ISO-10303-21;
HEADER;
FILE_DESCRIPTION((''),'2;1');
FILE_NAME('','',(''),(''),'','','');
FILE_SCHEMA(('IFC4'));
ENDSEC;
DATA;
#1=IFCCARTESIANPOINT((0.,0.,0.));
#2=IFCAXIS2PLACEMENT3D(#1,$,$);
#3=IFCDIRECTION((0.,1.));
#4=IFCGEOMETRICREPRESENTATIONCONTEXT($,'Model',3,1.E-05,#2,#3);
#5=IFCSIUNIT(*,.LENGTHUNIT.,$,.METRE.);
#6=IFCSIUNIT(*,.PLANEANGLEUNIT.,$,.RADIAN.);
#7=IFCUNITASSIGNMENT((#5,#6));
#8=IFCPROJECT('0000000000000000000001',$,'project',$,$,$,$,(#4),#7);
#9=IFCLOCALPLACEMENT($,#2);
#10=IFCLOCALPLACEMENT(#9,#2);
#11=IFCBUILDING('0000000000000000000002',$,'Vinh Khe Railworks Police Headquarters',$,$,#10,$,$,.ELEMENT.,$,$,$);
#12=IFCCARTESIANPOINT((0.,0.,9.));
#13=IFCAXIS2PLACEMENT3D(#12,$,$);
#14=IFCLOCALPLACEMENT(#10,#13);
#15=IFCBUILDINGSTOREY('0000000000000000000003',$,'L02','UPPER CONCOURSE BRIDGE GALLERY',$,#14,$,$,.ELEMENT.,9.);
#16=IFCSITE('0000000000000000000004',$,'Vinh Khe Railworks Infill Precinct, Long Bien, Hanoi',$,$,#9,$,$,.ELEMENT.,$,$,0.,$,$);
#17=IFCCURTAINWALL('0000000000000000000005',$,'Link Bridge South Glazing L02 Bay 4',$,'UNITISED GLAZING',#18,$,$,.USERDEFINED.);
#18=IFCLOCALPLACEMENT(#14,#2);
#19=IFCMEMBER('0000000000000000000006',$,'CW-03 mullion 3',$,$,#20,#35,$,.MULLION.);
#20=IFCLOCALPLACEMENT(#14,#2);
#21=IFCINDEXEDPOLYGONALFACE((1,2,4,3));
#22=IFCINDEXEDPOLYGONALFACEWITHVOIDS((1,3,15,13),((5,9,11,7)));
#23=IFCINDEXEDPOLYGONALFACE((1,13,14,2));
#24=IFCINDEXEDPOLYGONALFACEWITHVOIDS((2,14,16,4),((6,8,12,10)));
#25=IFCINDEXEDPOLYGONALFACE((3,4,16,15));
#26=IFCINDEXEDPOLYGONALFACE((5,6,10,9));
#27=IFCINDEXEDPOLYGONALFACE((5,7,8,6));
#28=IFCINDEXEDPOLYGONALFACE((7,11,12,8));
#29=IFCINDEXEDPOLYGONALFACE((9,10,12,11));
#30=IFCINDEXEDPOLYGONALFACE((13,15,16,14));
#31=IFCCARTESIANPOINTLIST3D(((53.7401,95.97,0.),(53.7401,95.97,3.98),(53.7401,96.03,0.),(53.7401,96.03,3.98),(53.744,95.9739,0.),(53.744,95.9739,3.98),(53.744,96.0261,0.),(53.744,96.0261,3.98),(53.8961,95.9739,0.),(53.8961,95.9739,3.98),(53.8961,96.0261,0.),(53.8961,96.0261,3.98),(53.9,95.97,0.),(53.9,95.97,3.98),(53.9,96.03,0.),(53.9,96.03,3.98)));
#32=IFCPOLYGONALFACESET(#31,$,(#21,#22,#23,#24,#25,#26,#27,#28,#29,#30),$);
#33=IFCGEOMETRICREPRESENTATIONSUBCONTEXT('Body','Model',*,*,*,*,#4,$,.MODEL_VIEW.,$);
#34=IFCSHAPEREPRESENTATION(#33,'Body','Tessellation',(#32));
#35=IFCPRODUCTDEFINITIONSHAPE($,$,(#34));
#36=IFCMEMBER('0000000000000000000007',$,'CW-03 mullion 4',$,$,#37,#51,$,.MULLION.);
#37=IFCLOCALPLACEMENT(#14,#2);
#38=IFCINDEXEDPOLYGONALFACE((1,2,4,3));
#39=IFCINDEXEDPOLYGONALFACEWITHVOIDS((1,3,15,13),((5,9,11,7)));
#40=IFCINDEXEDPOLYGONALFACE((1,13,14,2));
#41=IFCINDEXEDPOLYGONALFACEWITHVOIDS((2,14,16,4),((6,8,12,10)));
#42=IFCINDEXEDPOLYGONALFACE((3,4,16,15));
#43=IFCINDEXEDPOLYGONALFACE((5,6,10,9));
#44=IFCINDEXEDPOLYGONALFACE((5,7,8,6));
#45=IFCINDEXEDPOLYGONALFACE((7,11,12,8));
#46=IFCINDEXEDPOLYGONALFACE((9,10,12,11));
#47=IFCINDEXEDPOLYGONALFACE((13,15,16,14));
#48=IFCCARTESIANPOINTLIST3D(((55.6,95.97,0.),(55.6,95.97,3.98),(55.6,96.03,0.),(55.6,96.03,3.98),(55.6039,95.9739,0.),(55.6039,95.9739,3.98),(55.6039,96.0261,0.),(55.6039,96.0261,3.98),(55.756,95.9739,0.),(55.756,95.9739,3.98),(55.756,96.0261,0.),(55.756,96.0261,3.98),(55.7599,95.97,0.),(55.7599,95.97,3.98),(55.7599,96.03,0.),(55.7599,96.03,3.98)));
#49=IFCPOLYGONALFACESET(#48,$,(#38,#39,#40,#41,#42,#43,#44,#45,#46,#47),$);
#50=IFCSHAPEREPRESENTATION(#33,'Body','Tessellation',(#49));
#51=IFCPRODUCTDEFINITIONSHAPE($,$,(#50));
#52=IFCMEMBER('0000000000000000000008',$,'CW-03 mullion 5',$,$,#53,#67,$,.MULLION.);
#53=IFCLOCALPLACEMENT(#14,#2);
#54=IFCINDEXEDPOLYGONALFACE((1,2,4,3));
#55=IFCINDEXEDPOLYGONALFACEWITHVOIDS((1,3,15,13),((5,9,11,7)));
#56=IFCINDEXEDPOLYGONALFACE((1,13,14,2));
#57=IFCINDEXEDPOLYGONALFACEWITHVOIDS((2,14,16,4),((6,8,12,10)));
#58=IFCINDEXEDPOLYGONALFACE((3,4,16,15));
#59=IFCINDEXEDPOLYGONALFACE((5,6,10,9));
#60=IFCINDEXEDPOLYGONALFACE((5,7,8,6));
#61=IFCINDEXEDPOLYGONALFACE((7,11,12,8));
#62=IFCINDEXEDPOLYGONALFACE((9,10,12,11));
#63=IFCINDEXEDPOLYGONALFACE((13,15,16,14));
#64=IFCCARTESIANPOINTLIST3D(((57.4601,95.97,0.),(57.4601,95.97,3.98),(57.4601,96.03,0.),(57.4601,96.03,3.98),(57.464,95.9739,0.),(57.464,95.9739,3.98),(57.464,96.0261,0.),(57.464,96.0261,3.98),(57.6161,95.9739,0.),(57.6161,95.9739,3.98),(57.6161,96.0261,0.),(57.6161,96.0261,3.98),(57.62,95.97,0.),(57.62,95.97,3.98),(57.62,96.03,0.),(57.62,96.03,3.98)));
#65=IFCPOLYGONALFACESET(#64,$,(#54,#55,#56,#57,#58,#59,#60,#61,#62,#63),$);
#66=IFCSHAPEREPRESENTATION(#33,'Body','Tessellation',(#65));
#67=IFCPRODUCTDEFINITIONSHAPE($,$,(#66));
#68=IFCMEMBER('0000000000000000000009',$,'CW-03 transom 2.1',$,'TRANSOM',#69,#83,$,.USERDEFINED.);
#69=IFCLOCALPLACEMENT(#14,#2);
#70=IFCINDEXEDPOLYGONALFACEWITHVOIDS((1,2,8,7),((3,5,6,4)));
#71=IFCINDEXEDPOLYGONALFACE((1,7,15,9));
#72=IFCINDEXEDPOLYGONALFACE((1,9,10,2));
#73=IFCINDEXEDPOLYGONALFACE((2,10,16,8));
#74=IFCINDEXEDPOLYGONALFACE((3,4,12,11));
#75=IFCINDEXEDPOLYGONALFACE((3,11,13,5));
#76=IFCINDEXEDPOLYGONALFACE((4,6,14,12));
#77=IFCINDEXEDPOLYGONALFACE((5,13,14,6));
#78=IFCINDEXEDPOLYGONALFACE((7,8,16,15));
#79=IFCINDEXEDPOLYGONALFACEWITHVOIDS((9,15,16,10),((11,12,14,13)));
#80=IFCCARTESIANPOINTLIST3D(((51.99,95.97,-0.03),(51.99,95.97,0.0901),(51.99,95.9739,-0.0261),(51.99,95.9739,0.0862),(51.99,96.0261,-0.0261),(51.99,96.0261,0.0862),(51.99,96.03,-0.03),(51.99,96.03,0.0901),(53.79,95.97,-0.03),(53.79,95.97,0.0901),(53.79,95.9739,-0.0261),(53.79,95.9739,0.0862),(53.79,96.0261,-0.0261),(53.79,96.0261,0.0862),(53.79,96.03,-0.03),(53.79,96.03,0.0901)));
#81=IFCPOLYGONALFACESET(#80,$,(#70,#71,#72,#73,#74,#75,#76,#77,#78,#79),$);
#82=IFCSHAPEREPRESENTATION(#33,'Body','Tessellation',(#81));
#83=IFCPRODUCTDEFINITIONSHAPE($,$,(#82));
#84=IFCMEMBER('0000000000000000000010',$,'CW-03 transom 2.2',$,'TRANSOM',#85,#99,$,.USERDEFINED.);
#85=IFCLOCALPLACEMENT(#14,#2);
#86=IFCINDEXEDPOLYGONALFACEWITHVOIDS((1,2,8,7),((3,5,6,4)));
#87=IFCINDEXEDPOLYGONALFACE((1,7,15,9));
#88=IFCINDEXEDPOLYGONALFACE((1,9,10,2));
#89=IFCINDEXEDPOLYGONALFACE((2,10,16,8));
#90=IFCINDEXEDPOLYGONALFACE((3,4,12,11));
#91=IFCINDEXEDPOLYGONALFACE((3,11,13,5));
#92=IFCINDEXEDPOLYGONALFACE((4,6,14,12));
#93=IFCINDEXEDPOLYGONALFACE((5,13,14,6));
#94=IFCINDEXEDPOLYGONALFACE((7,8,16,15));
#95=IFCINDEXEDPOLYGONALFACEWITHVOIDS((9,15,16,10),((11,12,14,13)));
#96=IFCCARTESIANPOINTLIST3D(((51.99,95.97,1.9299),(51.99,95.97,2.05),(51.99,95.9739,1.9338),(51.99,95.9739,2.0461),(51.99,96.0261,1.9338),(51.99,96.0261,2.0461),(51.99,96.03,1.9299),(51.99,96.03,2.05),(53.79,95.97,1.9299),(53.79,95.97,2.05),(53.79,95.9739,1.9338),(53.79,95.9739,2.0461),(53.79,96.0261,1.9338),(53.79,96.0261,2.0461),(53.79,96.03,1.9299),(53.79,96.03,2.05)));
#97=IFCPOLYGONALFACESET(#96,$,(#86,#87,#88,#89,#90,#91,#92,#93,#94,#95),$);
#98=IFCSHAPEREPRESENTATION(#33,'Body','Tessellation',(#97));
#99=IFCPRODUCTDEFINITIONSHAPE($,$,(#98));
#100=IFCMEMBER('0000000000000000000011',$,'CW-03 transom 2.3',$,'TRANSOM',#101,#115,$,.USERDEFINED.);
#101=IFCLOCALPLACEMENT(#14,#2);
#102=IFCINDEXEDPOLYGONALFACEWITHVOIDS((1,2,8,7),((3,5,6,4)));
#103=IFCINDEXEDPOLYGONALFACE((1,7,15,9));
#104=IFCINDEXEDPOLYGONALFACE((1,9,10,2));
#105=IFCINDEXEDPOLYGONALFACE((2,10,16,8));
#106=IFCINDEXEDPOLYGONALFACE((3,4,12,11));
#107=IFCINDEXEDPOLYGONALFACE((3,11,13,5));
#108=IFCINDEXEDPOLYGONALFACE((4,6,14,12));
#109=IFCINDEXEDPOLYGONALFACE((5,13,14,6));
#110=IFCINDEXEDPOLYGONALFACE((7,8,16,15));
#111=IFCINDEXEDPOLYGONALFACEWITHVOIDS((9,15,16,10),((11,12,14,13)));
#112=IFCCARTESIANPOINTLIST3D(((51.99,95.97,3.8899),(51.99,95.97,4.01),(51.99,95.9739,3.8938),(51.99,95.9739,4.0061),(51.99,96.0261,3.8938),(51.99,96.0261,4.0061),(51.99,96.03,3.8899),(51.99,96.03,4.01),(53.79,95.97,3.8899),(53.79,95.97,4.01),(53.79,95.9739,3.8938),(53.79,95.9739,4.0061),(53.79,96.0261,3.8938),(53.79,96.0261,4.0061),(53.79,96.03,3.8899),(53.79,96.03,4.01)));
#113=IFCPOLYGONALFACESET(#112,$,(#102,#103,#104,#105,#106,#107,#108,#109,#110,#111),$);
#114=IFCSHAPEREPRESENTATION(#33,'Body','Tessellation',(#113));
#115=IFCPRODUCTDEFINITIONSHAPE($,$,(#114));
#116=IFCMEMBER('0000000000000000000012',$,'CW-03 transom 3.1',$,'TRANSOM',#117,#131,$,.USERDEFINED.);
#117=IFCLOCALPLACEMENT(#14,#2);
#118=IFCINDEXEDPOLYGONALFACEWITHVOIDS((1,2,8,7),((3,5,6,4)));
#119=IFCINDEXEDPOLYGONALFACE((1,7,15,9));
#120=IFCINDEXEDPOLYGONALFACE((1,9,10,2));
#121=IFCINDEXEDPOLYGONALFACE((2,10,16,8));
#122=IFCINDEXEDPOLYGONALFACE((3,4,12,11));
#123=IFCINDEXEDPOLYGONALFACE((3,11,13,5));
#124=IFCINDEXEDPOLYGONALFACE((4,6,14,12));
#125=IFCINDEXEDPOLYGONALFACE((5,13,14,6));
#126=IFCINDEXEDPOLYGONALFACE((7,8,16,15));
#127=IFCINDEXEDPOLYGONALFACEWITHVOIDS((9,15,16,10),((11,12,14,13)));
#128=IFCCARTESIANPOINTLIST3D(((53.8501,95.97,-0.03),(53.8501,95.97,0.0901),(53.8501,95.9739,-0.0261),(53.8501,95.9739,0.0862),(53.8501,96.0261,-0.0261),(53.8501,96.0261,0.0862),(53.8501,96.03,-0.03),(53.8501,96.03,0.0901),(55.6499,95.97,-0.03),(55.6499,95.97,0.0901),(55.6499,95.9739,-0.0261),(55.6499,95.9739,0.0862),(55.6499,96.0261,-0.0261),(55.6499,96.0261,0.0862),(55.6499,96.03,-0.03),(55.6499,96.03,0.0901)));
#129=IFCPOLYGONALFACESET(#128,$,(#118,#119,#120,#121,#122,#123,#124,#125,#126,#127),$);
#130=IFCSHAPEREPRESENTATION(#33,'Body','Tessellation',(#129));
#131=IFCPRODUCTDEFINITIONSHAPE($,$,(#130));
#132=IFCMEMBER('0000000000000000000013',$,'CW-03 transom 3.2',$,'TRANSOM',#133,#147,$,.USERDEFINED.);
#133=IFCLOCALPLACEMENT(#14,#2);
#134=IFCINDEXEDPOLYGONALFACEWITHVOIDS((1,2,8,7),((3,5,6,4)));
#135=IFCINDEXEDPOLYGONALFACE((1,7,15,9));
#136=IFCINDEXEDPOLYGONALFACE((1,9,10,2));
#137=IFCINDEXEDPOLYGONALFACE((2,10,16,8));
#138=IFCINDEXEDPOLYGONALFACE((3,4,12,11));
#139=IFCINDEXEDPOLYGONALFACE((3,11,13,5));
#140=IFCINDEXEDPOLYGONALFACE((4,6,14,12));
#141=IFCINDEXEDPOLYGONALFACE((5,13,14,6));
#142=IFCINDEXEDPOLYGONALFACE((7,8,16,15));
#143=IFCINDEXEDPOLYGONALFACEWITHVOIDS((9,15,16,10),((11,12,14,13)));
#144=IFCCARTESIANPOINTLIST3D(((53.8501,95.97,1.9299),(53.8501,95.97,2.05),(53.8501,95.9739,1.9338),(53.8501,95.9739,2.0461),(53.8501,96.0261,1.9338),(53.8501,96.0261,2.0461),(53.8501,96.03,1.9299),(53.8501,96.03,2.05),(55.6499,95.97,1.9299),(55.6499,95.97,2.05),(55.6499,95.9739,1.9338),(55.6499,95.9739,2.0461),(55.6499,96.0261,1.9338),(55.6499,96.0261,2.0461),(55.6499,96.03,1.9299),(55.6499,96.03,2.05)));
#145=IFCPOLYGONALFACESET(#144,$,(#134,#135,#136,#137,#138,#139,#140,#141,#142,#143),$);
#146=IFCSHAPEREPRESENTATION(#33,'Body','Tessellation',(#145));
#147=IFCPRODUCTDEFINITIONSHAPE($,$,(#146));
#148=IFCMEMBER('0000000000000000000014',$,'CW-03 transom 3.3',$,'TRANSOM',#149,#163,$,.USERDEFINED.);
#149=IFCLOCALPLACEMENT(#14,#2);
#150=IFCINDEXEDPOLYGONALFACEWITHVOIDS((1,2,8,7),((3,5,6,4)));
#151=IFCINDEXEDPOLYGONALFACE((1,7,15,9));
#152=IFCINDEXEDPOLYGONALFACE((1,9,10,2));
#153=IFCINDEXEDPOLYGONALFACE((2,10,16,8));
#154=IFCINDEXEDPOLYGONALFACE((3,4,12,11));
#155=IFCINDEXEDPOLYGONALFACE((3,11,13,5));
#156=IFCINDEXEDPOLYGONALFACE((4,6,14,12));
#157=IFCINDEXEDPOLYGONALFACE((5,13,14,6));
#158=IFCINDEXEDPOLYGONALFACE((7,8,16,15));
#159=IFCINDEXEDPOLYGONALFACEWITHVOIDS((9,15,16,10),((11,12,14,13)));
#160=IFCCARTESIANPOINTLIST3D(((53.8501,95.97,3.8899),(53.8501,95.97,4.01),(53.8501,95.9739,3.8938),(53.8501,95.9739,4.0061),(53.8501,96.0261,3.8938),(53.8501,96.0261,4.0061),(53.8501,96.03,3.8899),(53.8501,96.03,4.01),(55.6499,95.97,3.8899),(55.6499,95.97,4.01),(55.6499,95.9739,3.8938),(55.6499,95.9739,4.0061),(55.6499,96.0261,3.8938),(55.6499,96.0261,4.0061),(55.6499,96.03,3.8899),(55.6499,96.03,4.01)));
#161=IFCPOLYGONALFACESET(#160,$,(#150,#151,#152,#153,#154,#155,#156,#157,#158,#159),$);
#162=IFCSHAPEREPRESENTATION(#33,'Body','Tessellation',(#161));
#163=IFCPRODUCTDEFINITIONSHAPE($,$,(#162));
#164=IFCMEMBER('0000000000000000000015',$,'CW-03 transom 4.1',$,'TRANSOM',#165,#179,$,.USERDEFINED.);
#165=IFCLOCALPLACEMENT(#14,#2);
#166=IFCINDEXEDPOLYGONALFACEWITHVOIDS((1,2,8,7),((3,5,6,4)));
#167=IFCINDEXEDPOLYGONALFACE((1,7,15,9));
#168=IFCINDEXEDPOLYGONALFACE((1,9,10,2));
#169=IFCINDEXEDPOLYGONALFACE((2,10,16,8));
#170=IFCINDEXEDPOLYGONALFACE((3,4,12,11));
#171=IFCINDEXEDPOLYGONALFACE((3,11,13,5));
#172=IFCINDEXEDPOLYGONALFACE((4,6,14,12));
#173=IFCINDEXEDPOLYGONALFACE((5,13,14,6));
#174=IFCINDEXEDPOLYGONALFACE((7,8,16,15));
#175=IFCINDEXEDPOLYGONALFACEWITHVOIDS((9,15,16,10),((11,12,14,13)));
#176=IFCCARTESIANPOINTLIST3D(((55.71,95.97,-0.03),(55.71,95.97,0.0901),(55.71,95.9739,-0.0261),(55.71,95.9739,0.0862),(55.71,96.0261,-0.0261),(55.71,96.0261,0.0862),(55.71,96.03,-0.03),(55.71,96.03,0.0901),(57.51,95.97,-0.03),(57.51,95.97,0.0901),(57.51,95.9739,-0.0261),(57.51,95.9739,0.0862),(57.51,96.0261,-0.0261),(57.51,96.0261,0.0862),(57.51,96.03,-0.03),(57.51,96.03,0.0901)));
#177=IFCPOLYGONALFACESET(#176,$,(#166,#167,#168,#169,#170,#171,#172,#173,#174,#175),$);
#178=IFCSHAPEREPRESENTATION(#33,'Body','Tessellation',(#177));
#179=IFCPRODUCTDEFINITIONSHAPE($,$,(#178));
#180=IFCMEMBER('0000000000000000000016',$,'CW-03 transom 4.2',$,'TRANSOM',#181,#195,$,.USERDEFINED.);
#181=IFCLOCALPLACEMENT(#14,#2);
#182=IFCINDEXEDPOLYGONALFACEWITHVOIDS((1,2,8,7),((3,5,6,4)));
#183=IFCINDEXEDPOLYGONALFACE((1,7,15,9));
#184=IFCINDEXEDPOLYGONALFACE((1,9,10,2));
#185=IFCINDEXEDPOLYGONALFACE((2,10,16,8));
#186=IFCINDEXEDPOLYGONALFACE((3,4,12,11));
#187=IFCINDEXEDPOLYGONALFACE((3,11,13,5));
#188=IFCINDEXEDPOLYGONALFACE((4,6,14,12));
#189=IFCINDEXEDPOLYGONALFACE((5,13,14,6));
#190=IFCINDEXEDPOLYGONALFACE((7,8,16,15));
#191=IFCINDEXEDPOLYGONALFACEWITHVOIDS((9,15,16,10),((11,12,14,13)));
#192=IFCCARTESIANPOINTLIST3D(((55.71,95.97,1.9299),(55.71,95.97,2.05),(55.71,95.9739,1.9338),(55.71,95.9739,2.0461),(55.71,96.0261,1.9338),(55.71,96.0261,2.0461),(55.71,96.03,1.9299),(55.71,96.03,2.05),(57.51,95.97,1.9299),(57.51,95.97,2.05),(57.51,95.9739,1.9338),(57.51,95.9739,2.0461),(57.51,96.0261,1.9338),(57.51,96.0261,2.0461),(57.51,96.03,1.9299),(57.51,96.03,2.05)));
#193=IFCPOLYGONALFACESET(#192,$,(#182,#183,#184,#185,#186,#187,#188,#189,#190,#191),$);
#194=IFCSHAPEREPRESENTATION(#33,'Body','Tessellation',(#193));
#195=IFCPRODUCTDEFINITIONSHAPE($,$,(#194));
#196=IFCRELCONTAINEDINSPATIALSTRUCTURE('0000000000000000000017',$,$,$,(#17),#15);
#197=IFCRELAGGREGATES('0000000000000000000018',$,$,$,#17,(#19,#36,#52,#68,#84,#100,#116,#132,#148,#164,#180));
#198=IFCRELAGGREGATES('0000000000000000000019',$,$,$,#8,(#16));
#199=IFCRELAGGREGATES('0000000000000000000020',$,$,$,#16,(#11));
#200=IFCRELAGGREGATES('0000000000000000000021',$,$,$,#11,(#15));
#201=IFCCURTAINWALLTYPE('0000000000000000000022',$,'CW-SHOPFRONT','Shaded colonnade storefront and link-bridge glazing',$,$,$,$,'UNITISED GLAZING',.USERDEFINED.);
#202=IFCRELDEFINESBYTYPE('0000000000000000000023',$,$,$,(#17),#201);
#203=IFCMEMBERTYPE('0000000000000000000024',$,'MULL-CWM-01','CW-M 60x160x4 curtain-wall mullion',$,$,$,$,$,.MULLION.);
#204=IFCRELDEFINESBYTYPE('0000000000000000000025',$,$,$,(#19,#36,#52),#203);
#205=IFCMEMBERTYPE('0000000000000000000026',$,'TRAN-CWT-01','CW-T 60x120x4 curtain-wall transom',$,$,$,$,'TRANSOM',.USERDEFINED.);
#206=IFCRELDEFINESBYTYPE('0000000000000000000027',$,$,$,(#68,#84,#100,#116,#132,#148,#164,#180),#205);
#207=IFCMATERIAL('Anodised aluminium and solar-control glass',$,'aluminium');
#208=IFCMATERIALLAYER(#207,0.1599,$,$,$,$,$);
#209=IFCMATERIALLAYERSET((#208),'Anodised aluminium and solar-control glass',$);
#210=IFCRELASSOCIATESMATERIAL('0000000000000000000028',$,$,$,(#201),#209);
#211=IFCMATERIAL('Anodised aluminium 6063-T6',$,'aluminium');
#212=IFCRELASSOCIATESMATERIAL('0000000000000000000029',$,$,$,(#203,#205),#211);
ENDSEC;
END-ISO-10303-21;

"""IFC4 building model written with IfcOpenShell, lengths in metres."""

from ifc_helpers import new_model, si_unit, direction, frame, origin, origin_2d, place, context, subcontext, project, spatial, hollow_rectangle, extrude, material, layer, layer_set, material_profile, profile_set, type_object, element, aggregate, save


model = new_model("IFC4")

# Units and contexts
model_context = context("Model", 3, precision=1e-05, world=origin(), true_north=direction((0.0, 1.0)))
body_context = subcontext(model_context, "Body", "Model", "MODEL_VIEW")
ifc_project = project(units=[si_unit("LENGTHUNIT", "METRE"), si_unit("PLANEANGLEUNIT", "RADIAN")], contexts=[model_context])

# Site, building, storey
site_placement = place(None, origin())
site = spatial("IfcSite", under=ifc_project, at=site_placement, Name="Vinh Khe Railworks Infill Precinct, Long Bien, Hanoi", CompositionType="ELEMENT", RefElevation=0.0)
building_placement = place(site_placement, origin())
building = spatial("IfcBuilding", under=site, at=building_placement, Name="Vinh Khe Railworks Police Headquarters", CompositionType="ELEMENT")
storey_placement = place(building_placement, frame((0.0, 0.0, 9.0)))
storey = spatial("IfcBuildingStorey", under=building, at=storey_placement, Name="L02", Description="UPPER CONCOURSE BRIDGE GALLERY", CompositionType="ELEMENT", Elevation=9.0)

# Curtain wall, members
ifc_material_1 = material(Name="Anodised aluminium and solar-control glass", Category="aluminium")
ifc_layer_1 = layer(ifc_material_1, 0.1599)
ifc_layer_set_1 = layer_set([ifc_layer_1], Name="Anodised aluminium and solar-control glass")
curtain_wall_type = type_object("IfcCurtainWallType", Name="CW-SHOPFRONT", Description="Shaded colonnade storefront and link-bridge glazing", ElementType="UNITISED GLAZING", PredefinedType="USERDEFINED", material=ifc_layer_set_1)
curtain_wall_placement = place(storey_placement, origin())
curtain_wall = element("IfcCurtainWall", 1, at=curtain_wall_placement, inside=storey, type_object=curtain_wall_type, Name="Link Bridge South Glazing L02 Bay 4", ObjectType="UNITISED GLAZING", PredefinedType="USERDEFINED")
ifc_material_2 = material(Name="Anodised aluminium 6063-T6", Category="aluminium")
ifc_material_profile_1 = material_profile(ifc_material_2, hollow_rectangle(XDim=0.0601, YDim=0.1599, WallThickness=0.0039, at=origin_2d()), Name="CW-M 60x160x4")
ifc_profile_set_1 = profile_set([ifc_material_profile_1], Name="Anodised aluminium 6063-T6")
member_type_1 = type_object("IfcMemberType", Name="MULL-CWM-01", Description="CW-M 60x160x4 curtain-wall mullion", PredefinedType="MULLION", material=ifc_profile_set_1)
member_1_placement = place(storey_placement, frame((53.8201, 96.0, 0.0), z_axis=(0.0, 0.0, 1.0), x_axis=(0.0, 1.0, 0.0)))
member_1 = element("IfcMember", 2, at=member_1_placement, type_object=member_type_1, Name="CW-03 mullion 3", PredefinedType="MULLION", context=body_context, shape_type="SweptSolid", body=[
    extrude(hollow_rectangle(XDim=0.0601, YDim=0.1599, WallThickness=0.0039, at=origin_2d()), origin(), (0.0, 0.0, 1.0), 3.98),
])
member_2_placement = place(storey_placement, frame((55.6799, 96.0, 0.0), z_axis=(0.0, 0.0, 1.0), x_axis=(0.0, 1.0, 0.0)))
member_2 = element("IfcMember", 3, at=member_2_placement, type_object=member_type_1, Name="CW-03 mullion 4", PredefinedType="MULLION", context=body_context, shape_type="SweptSolid", body=[
    extrude(hollow_rectangle(XDim=0.0601, YDim=0.1599, WallThickness=0.0039, at=origin_2d()), origin(), (0.0, 0.0, 1.0), 3.98),
])
member_3_placement = place(storey_placement, frame((57.54, 96.0, 0.0), z_axis=(0.0, 0.0, 1.0), x_axis=(0.0, 1.0, 0.0)))
member_3 = element("IfcMember", 4, at=member_3_placement, type_object=member_type_1, Name="CW-03 mullion 5", PredefinedType="MULLION", context=body_context, shape_type="SweptSolid", body=[
    extrude(hollow_rectangle(XDim=0.0601, YDim=0.1599, WallThickness=0.0039, at=origin_2d()), origin(), (0.0, 0.0, 1.0), 3.98),
])
ifc_material_profile_2 = material_profile(ifc_material_2, hollow_rectangle(XDim=0.0601, YDim=0.1201, WallThickness=0.0039, at=origin_2d()), Name="CW-T 60x120x4")
ifc_profile_set_2 = profile_set([ifc_material_profile_2], Name="Anodised aluminium 6063-T6")
member_type_2 = type_object("IfcMemberType", Name="TRAN-CWT-01", Description="CW-T 60x120x4 curtain-wall transom", ElementType="TRANSOM", PredefinedType="USERDEFINED", material=ifc_profile_set_2)
member_4_placement = place(storey_placement, frame((51.99, 96.0, 0.03), z_axis=(1.0, 0.0, 0.0), x_axis=(0.0, 1.0, 0.0)))
member_4 = element("IfcMember", 5, at=member_4_placement, type_object=member_type_2, Name="CW-03 transom 2.1", ObjectType="TRANSOM", PredefinedType="USERDEFINED", context=body_context, shape_type="SweptSolid", body=[
    extrude(hollow_rectangle(XDim=0.0601, YDim=0.1201, WallThickness=0.0039, at=origin_2d()), origin(), (0.0, 0.0, 1.0), 1.8),
])
member_5_placement = place(storey_placement, frame((51.99, 96.0, 1.99), z_axis=(1.0, 0.0, 0.0), x_axis=(0.0, 1.0, 0.0)))
member_5 = element("IfcMember", 6, at=member_5_placement, type_object=member_type_2, Name="CW-03 transom 2.2", ObjectType="TRANSOM", PredefinedType="USERDEFINED", context=body_context, shape_type="SweptSolid", body=[
    extrude(hollow_rectangle(XDim=0.0601, YDim=0.1201, WallThickness=0.0039, at=origin_2d()), origin(), (0.0, 0.0, 1.0), 1.8),
])
member_6_placement = place(storey_placement, frame((51.99, 96.0, 3.95), z_axis=(1.0, 0.0, 0.0), x_axis=(0.0, 1.0, 0.0)))
member_6 = element("IfcMember", 7, at=member_6_placement, type_object=member_type_2, Name="CW-03 transom 2.3", ObjectType="TRANSOM", PredefinedType="USERDEFINED", context=body_context, shape_type="SweptSolid", body=[
    extrude(hollow_rectangle(XDim=0.0601, YDim=0.1201, WallThickness=0.0039, at=origin_2d()), origin(), (0.0, 0.0, 1.0), 1.8),
])
member_7_placement = place(storey_placement, frame((53.8501, 96.0, 0.03), z_axis=(1.0, 0.0, 0.0), x_axis=(0.0, 1.0, 0.0)))
member_7 = element("IfcMember", 8, at=member_7_placement, type_object=member_type_2, Name="CW-03 transom 3.1", ObjectType="TRANSOM", PredefinedType="USERDEFINED", context=body_context, shape_type="SweptSolid", body=[
    extrude(hollow_rectangle(XDim=0.0601, YDim=0.1201, WallThickness=0.0039, at=origin_2d()), origin(), (0.0, 0.0, 1.0), 1.7998),
])
member_8_placement = place(storey_placement, frame((53.8501, 96.0, 1.99), z_axis=(1.0, 0.0, 0.0), x_axis=(0.0, 1.0, 0.0)))
member_8 = element("IfcMember", 9, at=member_8_placement, type_object=member_type_2, Name="CW-03 transom 3.2", ObjectType="TRANSOM", PredefinedType="USERDEFINED", context=body_context, shape_type="SweptSolid", body=[
    extrude(hollow_rectangle(XDim=0.0601, YDim=0.1201, WallThickness=0.0039, at=origin_2d()), origin(), (0.0, 0.0, 1.0), 1.7998),
])
member_9_placement = place(storey_placement, frame((53.8501, 96.0, 3.95), z_axis=(1.0, 0.0, 0.0), x_axis=(0.0, 1.0, 0.0)))
member_9 = element("IfcMember", 10, at=member_9_placement, type_object=member_type_2, Name="CW-03 transom 3.3", ObjectType="TRANSOM", PredefinedType="USERDEFINED", context=body_context, shape_type="SweptSolid", body=[
    extrude(hollow_rectangle(XDim=0.0601, YDim=0.1201, WallThickness=0.0039, at=origin_2d()), origin(), (0.0, 0.0, 1.0), 1.7998),
])
member_10_placement = place(storey_placement, frame((55.71, 96.0, 0.03), z_axis=(1.0, 0.0, 0.0), x_axis=(0.0, 1.0, 0.0)))
member_10 = element("IfcMember", 11, at=member_10_placement, type_object=member_type_2, Name="CW-03 transom 4.1", ObjectType="TRANSOM", PredefinedType="USERDEFINED", context=body_context, shape_type="SweptSolid", body=[
    extrude(hollow_rectangle(XDim=0.0601, YDim=0.1201, WallThickness=0.0039, at=origin_2d()), origin(), (0.0, 0.0, 1.0), 1.8),
])
member_11_placement = place(storey_placement, frame((55.71, 96.0, 1.99), z_axis=(1.0, 0.0, 0.0), x_axis=(0.0, 1.0, 0.0)))
member_11 = element("IfcMember", 12, at=member_11_placement, type_object=member_type_2, Name="CW-03 transom 4.2", ObjectType="TRANSOM", PredefinedType="USERDEFINED", context=body_context, shape_type="SweptSolid", body=[
    extrude(hollow_rectangle(XDim=0.0601, YDim=0.1201, WallThickness=0.0039, at=origin_2d()), origin(), (0.0, 0.0, 1.0), 1.8),
])
aggregate(curtain_wall, [member_1, member_2, member_3, member_4, member_5, member_6, member_7, member_8, member_9, member_10, member_11])

save(model, "model.ifc")
